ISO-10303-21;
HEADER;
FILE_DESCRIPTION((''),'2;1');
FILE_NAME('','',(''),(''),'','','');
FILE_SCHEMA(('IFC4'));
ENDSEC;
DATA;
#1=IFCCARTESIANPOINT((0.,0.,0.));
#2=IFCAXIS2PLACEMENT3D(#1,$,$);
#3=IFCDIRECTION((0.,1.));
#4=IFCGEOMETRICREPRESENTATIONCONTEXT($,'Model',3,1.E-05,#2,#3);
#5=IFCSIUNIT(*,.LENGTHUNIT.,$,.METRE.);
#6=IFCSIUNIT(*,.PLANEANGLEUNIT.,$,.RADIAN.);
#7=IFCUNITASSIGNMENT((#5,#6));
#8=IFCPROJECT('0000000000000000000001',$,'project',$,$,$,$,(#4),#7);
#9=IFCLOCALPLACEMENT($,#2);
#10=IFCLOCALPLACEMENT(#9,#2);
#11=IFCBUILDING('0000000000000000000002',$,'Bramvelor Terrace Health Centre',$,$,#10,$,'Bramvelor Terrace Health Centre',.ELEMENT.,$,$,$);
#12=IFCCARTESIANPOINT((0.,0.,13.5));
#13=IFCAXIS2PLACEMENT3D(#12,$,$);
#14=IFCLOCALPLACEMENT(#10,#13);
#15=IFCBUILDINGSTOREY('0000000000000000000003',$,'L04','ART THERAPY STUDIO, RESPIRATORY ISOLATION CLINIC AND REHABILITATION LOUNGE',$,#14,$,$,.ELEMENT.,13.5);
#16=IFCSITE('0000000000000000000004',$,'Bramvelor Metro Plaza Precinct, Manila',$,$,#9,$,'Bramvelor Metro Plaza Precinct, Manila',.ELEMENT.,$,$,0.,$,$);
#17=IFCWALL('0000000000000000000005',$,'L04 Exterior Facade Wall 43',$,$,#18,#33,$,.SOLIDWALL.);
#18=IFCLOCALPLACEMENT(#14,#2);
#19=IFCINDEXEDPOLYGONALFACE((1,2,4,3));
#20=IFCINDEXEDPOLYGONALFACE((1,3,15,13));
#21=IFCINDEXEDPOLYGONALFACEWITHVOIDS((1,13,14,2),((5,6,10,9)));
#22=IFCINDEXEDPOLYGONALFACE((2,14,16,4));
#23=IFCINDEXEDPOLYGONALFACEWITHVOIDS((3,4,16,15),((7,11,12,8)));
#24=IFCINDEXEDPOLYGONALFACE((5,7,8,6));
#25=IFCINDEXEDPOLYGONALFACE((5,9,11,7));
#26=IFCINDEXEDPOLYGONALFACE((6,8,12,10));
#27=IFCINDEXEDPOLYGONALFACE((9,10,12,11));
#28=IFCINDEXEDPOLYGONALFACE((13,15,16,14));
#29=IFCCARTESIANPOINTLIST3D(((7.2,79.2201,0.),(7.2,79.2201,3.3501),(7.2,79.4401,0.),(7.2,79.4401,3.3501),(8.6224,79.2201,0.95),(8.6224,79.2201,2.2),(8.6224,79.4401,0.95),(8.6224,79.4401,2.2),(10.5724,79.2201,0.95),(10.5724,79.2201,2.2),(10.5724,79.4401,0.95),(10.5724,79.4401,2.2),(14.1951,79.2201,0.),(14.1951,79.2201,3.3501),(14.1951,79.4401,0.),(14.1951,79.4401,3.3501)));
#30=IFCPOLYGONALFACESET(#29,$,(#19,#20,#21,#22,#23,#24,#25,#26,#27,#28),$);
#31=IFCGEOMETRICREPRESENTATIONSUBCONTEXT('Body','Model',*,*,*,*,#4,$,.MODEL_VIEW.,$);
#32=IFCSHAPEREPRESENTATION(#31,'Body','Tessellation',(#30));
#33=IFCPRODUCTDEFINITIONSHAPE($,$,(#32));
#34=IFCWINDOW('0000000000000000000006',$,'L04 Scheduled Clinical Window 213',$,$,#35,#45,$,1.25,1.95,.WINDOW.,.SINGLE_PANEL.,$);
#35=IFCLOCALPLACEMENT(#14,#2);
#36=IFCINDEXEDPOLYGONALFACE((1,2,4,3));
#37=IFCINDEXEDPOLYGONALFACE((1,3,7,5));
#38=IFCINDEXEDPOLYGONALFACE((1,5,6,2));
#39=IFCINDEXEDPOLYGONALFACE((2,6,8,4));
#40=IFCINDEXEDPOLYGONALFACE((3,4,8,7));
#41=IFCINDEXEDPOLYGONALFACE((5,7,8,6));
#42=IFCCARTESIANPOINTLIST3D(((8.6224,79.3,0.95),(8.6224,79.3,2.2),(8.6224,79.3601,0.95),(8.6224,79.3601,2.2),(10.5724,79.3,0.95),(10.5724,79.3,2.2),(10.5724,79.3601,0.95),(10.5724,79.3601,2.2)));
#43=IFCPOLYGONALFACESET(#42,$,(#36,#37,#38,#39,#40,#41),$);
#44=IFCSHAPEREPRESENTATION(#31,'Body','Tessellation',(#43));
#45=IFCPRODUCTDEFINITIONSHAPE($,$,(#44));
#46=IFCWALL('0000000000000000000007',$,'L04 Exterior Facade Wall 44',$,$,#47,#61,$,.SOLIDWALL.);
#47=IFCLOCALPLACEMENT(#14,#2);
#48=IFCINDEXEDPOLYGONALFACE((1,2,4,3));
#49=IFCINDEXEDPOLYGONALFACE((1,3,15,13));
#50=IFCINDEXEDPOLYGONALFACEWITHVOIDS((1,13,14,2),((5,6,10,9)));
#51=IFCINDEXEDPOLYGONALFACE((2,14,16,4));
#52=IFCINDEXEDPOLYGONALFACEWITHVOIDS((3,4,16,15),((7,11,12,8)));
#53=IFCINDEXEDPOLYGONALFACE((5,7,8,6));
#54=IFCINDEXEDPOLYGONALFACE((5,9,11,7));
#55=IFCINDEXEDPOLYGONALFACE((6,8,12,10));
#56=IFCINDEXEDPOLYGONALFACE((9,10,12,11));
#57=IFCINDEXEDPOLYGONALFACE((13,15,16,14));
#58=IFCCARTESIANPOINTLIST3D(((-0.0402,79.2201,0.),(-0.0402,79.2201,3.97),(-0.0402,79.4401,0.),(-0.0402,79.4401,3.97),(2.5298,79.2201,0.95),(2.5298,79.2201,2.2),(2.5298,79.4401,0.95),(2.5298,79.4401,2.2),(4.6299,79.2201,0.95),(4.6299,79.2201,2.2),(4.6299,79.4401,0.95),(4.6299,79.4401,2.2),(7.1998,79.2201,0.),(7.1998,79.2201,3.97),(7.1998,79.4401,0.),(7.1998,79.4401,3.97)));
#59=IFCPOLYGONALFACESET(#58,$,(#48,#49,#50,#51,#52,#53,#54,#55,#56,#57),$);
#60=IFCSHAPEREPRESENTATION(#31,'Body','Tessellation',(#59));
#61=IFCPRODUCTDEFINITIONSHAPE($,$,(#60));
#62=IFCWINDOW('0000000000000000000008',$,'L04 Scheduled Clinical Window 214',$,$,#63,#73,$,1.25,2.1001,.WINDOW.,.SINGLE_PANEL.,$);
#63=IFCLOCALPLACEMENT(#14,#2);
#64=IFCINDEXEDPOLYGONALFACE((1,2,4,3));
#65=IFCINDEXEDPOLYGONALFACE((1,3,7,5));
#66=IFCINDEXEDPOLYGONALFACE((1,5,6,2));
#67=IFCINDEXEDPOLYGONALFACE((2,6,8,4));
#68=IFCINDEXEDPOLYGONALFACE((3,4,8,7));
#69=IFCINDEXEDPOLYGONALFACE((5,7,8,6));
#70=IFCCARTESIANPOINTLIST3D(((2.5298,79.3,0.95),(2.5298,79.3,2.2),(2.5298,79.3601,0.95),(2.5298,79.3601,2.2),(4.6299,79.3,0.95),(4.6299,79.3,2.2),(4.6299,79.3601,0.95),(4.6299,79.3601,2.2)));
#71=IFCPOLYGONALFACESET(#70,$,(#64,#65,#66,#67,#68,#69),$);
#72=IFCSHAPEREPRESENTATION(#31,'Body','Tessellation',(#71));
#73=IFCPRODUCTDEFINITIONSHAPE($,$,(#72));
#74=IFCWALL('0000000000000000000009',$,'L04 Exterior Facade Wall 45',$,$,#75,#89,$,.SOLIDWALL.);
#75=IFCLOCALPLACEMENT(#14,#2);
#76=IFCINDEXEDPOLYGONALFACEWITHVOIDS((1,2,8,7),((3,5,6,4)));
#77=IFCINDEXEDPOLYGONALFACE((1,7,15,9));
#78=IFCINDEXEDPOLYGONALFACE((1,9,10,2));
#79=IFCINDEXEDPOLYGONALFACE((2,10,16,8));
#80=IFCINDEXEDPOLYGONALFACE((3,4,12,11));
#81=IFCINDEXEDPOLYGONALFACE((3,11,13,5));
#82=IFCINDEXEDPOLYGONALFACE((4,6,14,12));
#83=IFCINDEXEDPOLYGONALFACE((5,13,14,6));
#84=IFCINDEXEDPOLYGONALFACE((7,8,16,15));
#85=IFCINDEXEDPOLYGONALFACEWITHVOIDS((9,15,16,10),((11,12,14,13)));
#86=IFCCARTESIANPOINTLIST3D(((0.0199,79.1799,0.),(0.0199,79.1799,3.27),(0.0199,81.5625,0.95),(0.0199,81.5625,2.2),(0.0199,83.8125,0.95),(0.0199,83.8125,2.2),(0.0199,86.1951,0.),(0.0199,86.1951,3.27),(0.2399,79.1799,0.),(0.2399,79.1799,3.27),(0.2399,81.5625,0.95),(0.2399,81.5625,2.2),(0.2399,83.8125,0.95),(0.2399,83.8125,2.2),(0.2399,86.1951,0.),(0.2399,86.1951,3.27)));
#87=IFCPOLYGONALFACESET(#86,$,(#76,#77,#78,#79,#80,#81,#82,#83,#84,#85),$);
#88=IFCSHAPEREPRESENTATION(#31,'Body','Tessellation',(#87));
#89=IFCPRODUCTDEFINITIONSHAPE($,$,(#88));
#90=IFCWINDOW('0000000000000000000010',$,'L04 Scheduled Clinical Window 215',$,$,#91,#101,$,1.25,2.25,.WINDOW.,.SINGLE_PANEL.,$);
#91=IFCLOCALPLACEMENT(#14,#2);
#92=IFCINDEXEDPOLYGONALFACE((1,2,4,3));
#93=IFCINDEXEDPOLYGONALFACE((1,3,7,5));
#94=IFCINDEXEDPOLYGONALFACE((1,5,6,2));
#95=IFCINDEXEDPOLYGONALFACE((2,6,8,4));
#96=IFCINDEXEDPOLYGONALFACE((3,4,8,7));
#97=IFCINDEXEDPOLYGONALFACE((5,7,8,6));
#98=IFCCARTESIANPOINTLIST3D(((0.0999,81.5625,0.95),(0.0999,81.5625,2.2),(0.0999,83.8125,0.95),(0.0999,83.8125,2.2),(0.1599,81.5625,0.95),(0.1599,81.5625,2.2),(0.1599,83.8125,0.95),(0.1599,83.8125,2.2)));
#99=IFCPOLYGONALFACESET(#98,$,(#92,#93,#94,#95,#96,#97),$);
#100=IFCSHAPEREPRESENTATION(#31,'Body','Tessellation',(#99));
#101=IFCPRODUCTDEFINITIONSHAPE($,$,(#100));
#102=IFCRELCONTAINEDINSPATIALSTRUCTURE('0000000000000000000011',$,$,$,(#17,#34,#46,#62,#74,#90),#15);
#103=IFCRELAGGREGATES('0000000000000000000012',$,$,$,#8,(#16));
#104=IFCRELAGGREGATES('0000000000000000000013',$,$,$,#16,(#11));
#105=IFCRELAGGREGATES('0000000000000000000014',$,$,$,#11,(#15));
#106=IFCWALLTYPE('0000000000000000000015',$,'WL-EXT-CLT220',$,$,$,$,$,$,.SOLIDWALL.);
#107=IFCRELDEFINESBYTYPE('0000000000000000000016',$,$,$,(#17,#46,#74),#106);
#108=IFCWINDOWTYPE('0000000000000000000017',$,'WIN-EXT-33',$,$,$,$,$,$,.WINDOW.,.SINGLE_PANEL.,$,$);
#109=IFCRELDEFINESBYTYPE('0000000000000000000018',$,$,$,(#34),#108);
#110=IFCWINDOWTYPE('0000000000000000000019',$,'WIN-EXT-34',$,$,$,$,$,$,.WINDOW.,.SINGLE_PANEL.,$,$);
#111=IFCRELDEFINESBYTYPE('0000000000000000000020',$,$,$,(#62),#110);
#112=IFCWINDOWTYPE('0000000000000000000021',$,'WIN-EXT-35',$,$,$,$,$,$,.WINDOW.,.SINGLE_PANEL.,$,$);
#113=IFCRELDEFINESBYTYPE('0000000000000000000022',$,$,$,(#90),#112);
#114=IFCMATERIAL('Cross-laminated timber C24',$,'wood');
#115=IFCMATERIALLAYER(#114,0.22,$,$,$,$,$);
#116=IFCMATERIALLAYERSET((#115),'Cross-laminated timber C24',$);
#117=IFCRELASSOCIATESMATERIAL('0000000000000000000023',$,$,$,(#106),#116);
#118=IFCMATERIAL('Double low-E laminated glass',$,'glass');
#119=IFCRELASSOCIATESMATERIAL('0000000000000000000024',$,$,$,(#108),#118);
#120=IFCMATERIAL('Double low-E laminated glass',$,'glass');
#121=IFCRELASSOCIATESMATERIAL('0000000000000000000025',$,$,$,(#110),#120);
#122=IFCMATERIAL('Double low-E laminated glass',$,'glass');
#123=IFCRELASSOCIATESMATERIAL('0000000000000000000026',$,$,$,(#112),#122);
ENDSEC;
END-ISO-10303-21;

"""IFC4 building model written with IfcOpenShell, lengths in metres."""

from ifc_helpers import new_model, si_unit, direction, frame, frame_2d, origin, place, context, subcontext, project, spatial, rectangle, extrude, material, layer, layer_set, type_object, element, fill, save


model = new_model("IFC4")

# Units and contexts
model_context = context("Model", 3, precision=1e-05, world=origin(), true_north=direction((0.0, 1.0)))
body_context = subcontext(model_context, "Body", "Model", "MODEL_VIEW")
ifc_project = project(units=[si_unit("LENGTHUNIT", "METRE"), si_unit("PLANEANGLEUNIT", "RADIAN")], contexts=[model_context])

# Site, building, storey
site_placement = place(None, origin())
site = spatial("IfcSite", under=ifc_project, at=site_placement, Name="Bramvelor Metro Plaza Precinct, Manila", LongName="Bramvelor Metro Plaza Precinct, Manila", CompositionType="ELEMENT", RefElevation=0.0)
building_placement = place(site_placement, origin())
building = spatial("IfcBuilding", under=site, at=building_placement, Name="Bramvelor Terrace Health Centre", LongName="Bramvelor Terrace Health Centre", CompositionType="ELEMENT")
storey_placement = place(building_placement, frame((0.0, 0.0, 13.5)))
storey = spatial("IfcBuildingStorey", under=building, at=storey_placement, Name="L04", Description="ART THERAPY STUDIO, RESPIRATORY ISOLATION CLINIC AND REHABILITATION LOUNGE", CompositionType="ELEMENT", Elevation=13.5)

# Walls, openings, windows
ifc_material_1 = material(Name="Cross-laminated timber C24", Category="wood")
ifc_layer_1 = layer(ifc_material_1, 0.22)
ifc_layer_set_1 = layer_set([ifc_layer_1], Name="Cross-laminated timber C24")
wall_type_1 = type_object("IfcWallType", Name="WL-EXT-CLT220", PredefinedType="SOLIDWALL", material=ifc_layer_set_1)
wall_1_placement = place(storey_placement, frame((14.1951, 79.3301, 0.0), z_axis=(0.0, 0.0, 1.0), x_axis=(-1.0, 0.0, 0.0)))
wall_1 = element("IfcWall", 1, at=wall_1_placement, inside=storey, type_object=wall_type_1, Name="L04 Exterior Facade Wall 43", PredefinedType="SOLIDWALL", context=body_context, shape_type="SweptSolid", body=[
    extrude(rectangle(XDim=6.9951, YDim=0.22, at=frame_2d((3.4976, 0.0))), origin(), (0.0, 0.0, 1.0), 3.3501),
])
opening_1_placement = place(wall_1_placement, frame((3.6226, 0.0, 0.95)))
opening_1 = element("IfcOpeningElement", 2, at=opening_1_placement, cuts=wall_1, PredefinedType="OPENING", context=body_context, shape_type="SweptSolid", body=[
    extrude(rectangle(XDim=1.95, YDim=1.25, at=frame_2d((0.9751, 0.625))), frame((0.0, 0.1199, 0.0), z_axis=(0.0, -1.0, 0.0), x_axis=(1.0, 0.0, 0.0)), (0.0, 0.0, 1.0), 0.24),
])
ifc_material_2 = material(Name="Double low-E laminated glass", Category="glass")
window_type_1 = type_object("IfcWindowType", Name="WIN-EXT-33", PartitioningType="SINGLE_PANEL", PredefinedType="WINDOW", material=ifc_material_2)
window_1_placement = place(opening_1_placement, origin())
window_1 = element("IfcWindow", 3, at=window_1_placement, inside=storey, type_object=window_type_1, Name="L04 Scheduled Clinical Window 213", OverallHeight=1.25, OverallWidth=1.95, PartitioningType="SINGLE_PANEL", PredefinedType="WINDOW", context=body_context, shape_type="SweptSolid", body=[
    extrude(rectangle(XDim=1.95, YDim=1.25, at=frame_2d((0.9751, 0.625))), frame((0.0, 0.03, 0.0), z_axis=(0.0, -1.0, 0.0), x_axis=(1.0, 0.0, 0.0)), (0.0, 0.0, 1.0), 0.0601),
])
fill(opening_1, window_1)
wall_2_placement = place(storey_placement, frame((7.2, 79.3301, 0.0), z_axis=(0.0, 0.0, 1.0), x_axis=(-1.0, 0.0, 0.0)))
wall_2 = element("IfcWall", 4, at=wall_2_placement, inside=storey, type_object=wall_type_1, Name="L04 Exterior Facade Wall 44", PredefinedType="SOLIDWALL", context=body_context, shape_type="SweptSolid", body=[
    extrude(rectangle(XDim=7.24, YDim=0.22, at=frame_2d((3.6201, 0.0))), origin(), (0.0, 0.0, 1.0), 3.97),
])
opening_2_placement = place(wall_2_placement, frame((2.5701, 0.0, 0.95)))
opening_2 = element("IfcOpeningElement", 5, at=opening_2_placement, cuts=wall_2, PredefinedType="OPENING", context=body_context, shape_type="SweptSolid", body=[
    extrude(rectangle(XDim=2.1001, YDim=1.25, at=frame_2d((1.05, 0.625))), frame((0.0, 0.1199, 0.0), z_axis=(0.0, -1.0, 0.0), x_axis=(1.0, 0.0, 0.0)), (0.0, 0.0, 1.0), 0.24),
])
ifc_material_3 = material(Name="Double low-E laminated glass", Category="glass")
window_type_2 = type_object("IfcWindowType", Name="WIN-EXT-34", PartitioningType="SINGLE_PANEL", PredefinedType="WINDOW", material=ifc_material_3)
window_2_placement = place(opening_2_placement, origin())
window_2 = element("IfcWindow", 6, at=window_2_placement, inside=storey, type_object=window_type_2, Name="L04 Scheduled Clinical Window 214", OverallHeight=1.25, OverallWidth=2.1001, PartitioningType="SINGLE_PANEL", PredefinedType="WINDOW", context=body_context, shape_type="SweptSolid", body=[
    extrude(rectangle(XDim=2.1001, YDim=1.25, at=frame_2d((1.05, 0.625))), frame((0.0, 0.03, 0.0), z_axis=(0.0, -1.0, 0.0), x_axis=(1.0, 0.0, 0.0)), (0.0, 0.0, 1.0), 0.0601),
])
fill(opening_2, window_2)
wall_3_placement = place(storey_placement, frame((0.1299, 79.1799, 0.0), z_axis=(0.0, 0.0, 1.0), x_axis=(0.0, 1.0, 0.0)))
wall_3 = element("IfcWall", 7, at=wall_3_placement, inside=storey, type_object=wall_type_1, Name="L04 Exterior Facade Wall 45", PredefinedType="SOLIDWALL", context=body_context, shape_type="SweptSolid", body=[
    extrude(rectangle(XDim=7.0151, YDim=0.22, at=frame_2d((3.5076, 0.0))), origin(), (0.0, 0.0, 1.0), 3.27),
])
opening_3_placement = place(wall_3_placement, frame((2.3826, 0.0, 0.95)))
opening_3 = element("IfcOpeningElement", 8, at=opening_3_placement, cuts=wall_3, PredefinedType="OPENING", context=body_context, shape_type="SweptSolid", body=[
    extrude(rectangle(XDim=2.25, YDim=1.25, at=frame_2d((1.125, 0.625))), frame((0.0, 0.1199, 0.0), z_axis=(0.0, -1.0, 0.0), x_axis=(1.0, 0.0, 0.0)), (0.0, 0.0, 1.0), 0.24),
])
ifc_material_4 = material(Name="Double low-E laminated glass", Category="glass")
window_type_3 = type_object("IfcWindowType", Name="WIN-EXT-35", PartitioningType="SINGLE_PANEL", PredefinedType="WINDOW", material=ifc_material_4)
window_3_placement = place(opening_3_placement, origin())
window_3 = element("IfcWindow", 9, at=window_3_placement, inside=storey, type_object=window_type_3, Name="L04 Scheduled Clinical Window 215", OverallHeight=1.25, OverallWidth=2.25, PartitioningType="SINGLE_PANEL", PredefinedType="WINDOW", context=body_context, shape_type="SweptSolid", body=[
    extrude(rectangle(XDim=2.25, YDim=1.25, at=frame_2d((1.125, 0.625))), frame((0.0, 0.03, 0.0), z_axis=(0.0, -1.0, 0.0), x_axis=(1.0, 0.0, 0.0)), (0.0, 0.0, 1.0), 0.0601),
])
fill(opening_3, window_3)

save(model, "model.ifc")
